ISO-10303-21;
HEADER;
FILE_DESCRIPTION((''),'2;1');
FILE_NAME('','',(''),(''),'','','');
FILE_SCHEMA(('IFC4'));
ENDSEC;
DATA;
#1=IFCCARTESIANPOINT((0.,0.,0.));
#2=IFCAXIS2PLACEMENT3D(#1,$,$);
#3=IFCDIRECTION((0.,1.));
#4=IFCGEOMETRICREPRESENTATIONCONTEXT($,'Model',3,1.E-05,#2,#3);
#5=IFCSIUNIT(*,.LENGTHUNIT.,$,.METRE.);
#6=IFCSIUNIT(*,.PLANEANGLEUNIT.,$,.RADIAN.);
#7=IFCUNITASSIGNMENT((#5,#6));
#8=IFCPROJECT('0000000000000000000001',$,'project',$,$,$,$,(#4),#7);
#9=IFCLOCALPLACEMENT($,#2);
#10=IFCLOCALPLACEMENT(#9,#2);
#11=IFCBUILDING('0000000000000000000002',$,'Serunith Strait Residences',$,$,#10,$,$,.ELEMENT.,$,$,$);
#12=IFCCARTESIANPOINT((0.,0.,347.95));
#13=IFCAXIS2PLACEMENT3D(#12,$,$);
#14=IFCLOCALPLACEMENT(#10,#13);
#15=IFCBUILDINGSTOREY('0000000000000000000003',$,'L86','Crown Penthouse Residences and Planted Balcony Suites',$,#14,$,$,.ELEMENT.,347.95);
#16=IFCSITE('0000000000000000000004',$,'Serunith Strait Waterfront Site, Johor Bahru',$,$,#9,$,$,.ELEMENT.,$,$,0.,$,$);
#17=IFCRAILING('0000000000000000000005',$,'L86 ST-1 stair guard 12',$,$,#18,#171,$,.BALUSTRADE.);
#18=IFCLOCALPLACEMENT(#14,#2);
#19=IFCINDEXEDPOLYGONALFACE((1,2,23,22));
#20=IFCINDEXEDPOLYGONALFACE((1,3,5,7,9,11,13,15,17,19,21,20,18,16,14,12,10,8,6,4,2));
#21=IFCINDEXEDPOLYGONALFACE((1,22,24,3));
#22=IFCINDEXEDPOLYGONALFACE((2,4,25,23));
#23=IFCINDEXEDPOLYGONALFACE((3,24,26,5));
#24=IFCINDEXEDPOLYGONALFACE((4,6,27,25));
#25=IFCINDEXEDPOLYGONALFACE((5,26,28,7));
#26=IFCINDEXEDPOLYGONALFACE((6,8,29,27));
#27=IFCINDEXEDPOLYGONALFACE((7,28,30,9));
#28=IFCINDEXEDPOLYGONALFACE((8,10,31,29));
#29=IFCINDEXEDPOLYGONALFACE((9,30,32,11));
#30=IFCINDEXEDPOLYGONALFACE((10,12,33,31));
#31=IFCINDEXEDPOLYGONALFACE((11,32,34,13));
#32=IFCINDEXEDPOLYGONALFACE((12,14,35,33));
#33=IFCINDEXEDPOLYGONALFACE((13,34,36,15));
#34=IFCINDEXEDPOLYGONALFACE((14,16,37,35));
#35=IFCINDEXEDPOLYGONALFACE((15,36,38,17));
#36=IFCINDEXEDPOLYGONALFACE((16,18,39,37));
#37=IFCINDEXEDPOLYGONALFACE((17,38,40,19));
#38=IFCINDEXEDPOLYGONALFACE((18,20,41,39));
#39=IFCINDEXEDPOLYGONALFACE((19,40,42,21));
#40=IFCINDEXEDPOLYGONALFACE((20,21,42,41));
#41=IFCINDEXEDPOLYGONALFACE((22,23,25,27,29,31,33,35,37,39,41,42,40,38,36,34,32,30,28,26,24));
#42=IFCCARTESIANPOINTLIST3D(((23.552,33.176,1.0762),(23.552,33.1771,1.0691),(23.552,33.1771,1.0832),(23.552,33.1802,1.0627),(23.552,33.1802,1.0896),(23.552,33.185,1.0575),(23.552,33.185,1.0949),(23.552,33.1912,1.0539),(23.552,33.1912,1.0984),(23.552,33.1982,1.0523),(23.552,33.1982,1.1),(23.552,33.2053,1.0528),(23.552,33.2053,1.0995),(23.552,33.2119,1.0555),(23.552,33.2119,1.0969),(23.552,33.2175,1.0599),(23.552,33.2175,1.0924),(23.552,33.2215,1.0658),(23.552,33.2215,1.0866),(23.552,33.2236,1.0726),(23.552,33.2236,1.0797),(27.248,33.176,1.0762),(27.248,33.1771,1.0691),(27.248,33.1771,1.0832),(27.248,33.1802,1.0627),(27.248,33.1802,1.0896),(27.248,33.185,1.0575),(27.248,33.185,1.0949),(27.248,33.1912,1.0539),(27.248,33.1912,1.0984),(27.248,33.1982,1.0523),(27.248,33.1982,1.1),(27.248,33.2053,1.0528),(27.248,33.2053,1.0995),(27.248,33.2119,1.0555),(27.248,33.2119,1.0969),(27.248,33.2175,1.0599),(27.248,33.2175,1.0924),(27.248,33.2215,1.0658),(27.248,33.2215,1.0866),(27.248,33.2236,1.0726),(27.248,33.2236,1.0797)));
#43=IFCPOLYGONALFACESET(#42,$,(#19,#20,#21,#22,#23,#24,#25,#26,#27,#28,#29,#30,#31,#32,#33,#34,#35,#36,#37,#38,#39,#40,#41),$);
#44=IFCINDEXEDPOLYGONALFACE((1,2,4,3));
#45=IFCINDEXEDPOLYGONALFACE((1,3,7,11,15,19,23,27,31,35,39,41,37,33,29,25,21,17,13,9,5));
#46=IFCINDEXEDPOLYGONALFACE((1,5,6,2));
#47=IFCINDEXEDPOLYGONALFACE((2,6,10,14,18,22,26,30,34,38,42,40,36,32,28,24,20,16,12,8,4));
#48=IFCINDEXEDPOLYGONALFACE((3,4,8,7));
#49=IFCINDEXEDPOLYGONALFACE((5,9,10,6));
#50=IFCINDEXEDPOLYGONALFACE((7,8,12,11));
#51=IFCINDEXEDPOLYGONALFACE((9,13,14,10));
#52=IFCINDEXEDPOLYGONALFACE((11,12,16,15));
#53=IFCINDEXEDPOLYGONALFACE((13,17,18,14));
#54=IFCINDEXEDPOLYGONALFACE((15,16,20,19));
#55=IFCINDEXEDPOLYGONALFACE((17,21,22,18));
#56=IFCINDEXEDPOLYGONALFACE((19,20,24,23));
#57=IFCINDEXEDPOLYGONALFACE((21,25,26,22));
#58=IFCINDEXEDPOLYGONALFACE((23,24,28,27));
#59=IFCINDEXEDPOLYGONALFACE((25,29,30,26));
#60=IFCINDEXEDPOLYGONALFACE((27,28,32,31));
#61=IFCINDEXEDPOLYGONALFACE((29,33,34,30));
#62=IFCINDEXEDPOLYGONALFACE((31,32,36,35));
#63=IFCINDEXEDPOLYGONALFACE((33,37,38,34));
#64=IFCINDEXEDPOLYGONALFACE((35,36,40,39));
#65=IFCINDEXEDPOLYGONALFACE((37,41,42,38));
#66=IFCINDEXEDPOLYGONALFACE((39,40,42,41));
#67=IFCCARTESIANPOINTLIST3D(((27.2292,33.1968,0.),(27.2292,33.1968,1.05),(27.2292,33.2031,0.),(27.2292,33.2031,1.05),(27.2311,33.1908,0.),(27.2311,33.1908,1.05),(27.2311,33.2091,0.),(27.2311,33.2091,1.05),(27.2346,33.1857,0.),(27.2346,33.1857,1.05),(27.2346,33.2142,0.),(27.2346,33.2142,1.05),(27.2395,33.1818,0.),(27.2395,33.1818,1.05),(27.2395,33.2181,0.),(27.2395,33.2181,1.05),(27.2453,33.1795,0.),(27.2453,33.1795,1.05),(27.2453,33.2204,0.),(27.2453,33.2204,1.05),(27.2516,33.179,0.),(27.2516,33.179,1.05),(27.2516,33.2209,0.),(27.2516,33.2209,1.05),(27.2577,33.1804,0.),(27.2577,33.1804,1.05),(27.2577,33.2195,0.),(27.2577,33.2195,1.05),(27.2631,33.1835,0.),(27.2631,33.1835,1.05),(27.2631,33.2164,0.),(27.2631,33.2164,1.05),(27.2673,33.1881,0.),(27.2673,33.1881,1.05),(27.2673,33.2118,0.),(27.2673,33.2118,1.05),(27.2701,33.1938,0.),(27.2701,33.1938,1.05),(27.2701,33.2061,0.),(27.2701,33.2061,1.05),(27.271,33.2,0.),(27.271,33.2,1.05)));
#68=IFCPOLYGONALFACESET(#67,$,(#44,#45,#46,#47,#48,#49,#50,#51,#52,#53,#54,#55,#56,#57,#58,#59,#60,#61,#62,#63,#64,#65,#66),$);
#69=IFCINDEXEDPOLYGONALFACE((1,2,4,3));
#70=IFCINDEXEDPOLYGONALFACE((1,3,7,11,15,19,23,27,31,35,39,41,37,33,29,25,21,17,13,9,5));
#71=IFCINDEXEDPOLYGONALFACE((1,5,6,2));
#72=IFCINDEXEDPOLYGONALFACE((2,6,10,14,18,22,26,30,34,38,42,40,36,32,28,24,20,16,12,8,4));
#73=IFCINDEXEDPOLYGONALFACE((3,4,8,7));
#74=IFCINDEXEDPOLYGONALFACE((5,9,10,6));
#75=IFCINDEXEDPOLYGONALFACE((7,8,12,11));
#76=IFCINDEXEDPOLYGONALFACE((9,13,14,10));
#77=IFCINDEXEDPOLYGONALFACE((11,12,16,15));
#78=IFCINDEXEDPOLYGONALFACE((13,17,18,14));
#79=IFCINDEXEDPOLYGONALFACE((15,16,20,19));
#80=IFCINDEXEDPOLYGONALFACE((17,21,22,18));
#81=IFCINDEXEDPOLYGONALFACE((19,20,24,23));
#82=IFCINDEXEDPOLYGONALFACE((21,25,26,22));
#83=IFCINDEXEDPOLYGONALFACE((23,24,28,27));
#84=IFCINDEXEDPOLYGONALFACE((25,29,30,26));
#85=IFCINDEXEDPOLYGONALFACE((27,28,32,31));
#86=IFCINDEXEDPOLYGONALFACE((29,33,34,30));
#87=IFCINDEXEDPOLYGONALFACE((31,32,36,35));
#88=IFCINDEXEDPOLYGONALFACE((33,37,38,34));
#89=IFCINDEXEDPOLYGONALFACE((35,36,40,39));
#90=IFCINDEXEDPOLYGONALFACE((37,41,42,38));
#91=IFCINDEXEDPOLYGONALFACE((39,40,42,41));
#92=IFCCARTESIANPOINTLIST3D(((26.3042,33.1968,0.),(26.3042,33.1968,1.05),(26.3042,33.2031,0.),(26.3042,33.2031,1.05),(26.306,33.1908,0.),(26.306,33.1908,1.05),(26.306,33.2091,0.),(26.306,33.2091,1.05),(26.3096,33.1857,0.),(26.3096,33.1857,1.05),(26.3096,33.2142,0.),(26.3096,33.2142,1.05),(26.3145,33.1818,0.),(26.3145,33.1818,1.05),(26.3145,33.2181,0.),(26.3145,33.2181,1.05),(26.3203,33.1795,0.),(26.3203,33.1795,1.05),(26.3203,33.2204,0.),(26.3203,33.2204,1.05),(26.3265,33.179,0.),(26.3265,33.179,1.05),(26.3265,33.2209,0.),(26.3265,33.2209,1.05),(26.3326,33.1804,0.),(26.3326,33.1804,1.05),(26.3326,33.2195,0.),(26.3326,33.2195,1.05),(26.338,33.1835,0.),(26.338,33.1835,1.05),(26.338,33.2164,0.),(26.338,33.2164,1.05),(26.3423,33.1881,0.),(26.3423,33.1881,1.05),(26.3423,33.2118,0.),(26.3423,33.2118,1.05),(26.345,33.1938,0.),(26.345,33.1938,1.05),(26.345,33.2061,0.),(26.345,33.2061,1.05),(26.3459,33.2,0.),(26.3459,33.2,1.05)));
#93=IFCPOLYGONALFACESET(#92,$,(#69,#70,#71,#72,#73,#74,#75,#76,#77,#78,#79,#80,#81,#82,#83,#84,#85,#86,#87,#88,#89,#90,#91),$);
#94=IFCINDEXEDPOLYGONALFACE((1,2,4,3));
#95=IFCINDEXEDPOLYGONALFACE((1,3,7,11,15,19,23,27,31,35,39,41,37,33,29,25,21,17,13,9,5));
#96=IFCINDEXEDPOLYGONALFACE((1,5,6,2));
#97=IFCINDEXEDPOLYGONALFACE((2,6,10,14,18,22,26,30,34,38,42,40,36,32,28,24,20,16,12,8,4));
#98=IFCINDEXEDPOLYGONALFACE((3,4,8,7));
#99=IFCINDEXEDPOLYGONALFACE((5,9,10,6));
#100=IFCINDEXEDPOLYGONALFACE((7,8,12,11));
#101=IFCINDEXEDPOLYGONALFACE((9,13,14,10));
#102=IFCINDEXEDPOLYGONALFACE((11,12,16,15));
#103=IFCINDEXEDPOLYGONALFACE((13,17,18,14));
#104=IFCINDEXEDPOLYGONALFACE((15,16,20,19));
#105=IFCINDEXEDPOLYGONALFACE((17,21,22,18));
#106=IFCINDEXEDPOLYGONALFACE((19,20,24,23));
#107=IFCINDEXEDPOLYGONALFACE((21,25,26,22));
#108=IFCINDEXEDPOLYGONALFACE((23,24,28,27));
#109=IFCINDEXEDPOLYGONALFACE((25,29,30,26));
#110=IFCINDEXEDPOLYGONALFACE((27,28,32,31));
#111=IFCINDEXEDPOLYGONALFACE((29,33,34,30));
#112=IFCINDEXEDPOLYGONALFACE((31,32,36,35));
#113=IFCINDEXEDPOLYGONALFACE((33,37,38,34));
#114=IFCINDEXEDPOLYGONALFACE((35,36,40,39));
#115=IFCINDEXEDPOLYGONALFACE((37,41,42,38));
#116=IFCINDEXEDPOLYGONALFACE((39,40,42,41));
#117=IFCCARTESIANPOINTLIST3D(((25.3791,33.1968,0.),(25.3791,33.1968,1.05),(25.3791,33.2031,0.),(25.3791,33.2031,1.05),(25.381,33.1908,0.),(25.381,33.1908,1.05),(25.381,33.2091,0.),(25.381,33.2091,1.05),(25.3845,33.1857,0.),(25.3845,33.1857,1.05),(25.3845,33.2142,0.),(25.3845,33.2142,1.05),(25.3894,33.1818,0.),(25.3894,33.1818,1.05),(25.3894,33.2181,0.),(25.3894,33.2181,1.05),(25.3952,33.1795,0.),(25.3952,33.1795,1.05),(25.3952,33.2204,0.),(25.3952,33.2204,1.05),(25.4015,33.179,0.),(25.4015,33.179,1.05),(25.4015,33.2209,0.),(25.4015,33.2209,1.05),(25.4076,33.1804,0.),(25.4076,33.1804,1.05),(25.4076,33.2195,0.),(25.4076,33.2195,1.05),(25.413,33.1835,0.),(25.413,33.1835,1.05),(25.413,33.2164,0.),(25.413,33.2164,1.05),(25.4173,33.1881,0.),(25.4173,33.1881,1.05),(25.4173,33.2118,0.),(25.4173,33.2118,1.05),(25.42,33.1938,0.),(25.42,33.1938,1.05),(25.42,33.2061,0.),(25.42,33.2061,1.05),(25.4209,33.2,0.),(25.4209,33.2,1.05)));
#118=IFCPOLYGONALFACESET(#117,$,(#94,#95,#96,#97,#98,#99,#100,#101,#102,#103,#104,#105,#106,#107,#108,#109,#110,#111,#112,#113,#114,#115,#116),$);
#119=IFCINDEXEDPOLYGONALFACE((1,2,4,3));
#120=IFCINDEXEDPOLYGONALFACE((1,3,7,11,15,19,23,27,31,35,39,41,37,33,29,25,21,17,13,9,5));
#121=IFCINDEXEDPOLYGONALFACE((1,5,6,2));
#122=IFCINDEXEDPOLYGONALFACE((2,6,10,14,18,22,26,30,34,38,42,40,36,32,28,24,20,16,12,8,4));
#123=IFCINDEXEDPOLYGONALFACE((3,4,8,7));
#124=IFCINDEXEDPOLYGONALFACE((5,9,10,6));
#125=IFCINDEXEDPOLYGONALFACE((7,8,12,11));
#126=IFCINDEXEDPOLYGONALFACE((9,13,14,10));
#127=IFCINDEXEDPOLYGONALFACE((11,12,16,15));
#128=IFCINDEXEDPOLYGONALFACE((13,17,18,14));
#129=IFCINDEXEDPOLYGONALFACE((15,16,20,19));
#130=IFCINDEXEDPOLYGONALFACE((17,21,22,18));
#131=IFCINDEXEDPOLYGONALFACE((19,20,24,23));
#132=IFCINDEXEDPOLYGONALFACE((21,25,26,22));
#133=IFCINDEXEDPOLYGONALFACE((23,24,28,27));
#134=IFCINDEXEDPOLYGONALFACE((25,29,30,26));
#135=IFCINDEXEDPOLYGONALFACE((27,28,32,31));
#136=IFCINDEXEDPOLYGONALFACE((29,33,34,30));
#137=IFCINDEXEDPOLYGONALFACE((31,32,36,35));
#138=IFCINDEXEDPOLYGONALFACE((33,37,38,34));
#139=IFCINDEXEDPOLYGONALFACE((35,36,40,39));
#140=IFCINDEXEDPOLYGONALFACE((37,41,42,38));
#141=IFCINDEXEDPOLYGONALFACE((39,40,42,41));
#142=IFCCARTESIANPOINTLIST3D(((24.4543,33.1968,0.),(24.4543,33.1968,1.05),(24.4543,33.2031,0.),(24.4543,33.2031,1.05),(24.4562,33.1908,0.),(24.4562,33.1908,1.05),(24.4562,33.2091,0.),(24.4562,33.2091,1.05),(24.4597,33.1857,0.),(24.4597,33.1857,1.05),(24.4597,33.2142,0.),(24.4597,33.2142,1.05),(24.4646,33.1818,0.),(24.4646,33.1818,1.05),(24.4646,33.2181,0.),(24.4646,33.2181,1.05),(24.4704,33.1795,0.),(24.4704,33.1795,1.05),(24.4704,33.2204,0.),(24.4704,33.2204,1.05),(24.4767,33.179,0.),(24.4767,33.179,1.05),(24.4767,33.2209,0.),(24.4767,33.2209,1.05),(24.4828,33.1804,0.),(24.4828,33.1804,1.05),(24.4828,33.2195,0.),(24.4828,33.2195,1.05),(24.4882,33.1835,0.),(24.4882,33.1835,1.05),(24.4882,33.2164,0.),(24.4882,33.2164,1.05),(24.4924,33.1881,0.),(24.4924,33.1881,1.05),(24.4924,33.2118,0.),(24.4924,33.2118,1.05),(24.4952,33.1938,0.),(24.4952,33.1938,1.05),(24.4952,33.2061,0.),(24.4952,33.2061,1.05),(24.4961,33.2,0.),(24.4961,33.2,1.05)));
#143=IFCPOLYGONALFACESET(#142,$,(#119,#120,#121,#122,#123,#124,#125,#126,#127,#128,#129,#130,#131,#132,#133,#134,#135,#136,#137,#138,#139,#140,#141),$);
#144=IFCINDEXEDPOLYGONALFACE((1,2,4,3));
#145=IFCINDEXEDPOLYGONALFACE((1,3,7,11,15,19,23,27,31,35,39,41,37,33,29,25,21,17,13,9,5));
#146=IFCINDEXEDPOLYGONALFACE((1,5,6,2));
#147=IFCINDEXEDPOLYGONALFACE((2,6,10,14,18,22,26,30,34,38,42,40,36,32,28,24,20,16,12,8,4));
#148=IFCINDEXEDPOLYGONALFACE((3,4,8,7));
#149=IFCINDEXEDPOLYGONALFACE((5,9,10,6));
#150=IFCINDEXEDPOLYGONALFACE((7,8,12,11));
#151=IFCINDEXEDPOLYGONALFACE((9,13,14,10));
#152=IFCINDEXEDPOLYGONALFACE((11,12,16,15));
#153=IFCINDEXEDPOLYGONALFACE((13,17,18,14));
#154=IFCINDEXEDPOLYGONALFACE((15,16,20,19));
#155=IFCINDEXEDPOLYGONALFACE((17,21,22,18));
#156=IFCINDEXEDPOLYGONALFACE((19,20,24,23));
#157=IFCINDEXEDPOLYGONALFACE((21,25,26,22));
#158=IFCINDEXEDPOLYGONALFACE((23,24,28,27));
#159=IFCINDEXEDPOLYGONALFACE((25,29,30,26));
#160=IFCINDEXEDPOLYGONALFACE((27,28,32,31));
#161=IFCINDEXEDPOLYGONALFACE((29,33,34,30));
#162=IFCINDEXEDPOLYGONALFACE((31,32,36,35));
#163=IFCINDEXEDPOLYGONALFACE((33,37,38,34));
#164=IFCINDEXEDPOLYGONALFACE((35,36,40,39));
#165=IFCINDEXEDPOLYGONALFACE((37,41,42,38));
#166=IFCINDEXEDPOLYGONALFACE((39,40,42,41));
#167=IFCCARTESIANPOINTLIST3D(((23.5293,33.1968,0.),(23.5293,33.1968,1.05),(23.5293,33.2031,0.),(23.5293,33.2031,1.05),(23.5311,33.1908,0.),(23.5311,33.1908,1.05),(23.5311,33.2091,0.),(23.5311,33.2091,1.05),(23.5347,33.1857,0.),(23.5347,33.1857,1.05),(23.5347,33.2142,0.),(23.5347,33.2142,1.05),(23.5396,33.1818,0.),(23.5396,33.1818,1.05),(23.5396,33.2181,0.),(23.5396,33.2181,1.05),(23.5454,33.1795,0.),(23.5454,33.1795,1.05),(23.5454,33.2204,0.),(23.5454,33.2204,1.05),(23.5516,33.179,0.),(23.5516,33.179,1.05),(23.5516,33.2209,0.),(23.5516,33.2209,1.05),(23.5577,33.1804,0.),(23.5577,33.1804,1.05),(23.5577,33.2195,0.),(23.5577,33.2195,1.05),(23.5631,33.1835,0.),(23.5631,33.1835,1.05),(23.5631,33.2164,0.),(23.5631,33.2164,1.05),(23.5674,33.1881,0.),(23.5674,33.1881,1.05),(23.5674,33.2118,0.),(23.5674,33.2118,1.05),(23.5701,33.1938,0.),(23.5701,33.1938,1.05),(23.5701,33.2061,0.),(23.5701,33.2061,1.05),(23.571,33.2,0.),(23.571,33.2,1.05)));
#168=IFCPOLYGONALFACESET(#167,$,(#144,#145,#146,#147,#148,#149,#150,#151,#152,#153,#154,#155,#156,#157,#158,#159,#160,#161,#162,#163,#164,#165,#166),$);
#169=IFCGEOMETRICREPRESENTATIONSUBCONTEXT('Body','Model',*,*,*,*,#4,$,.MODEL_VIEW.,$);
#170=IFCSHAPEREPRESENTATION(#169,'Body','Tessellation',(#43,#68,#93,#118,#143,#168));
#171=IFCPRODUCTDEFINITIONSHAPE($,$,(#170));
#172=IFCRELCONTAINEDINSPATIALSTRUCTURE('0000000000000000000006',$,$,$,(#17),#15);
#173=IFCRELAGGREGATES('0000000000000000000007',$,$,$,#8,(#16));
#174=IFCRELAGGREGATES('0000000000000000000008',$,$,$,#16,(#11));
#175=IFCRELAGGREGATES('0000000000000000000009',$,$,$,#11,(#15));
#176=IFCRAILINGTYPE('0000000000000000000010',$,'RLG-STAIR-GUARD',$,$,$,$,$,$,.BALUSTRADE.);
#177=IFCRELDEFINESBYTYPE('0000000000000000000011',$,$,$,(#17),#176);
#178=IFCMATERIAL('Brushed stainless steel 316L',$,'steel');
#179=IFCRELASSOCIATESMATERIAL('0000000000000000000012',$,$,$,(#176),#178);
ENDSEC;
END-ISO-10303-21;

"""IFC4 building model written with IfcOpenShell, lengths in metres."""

from ifc_helpers import new_model, si_unit, direction, frame, origin, origin_2d, place, context, subcontext, project, spatial, circle, extrude, material, type_object, element, save


model = new_model("IFC4")

# Units and contexts
model_context = context("Model", 3, precision=1e-05, world=origin(), true_north=direction((0.0, 1.0)))
body_context = subcontext(model_context, "Body", "Model", "MODEL_VIEW")
ifc_project = project(units=[si_unit("LENGTHUNIT", "METRE"), si_unit("PLANEANGLEUNIT", "RADIAN")], contexts=[model_context])

# Site, building, storey
site_placement = place(None, origin())
site = spatial("IfcSite", under=ifc_project, at=site_placement, Name="Serunith Strait Waterfront Site, Johor Bahru", CompositionType="ELEMENT", RefElevation=0.0)
building_placement = place(site_placement, origin())
building = spatial("IfcBuilding", under=site, at=building_placement, Name="Serunith Strait Residences", CompositionType="ELEMENT")
storey_placement = place(building_placement, frame((0.0, 0.0, 347.95)))
storey = spatial("IfcBuildingStorey", under=building, at=storey_placement, Name="L86", Description="Crown Penthouse Residences and Planted Balcony Suites", CompositionType="ELEMENT", Elevation=347.95)

# Railing
ifc_material_1 = material(Name="Brushed stainless steel 316L", Category="steel")
railing_type_1 = type_object("IfcRailingType", Name="RLG-STAIR-GUARD", PredefinedType="BALUSTRADE", material=ifc_material_1)
railing_1_placement = place(storey_placement, frame((27.25, 33.2, 0.0)))
element("IfcRailing", 1, at=railing_1_placement, inside=storey, type_object=railing_type_1, Name="L86 ST-1 stair guard 12", PredefinedType="BALUSTRADE", context=body_context, shape_type="SweptSolid", body=[
    extrude(circle(Radius=0.0239, at=origin_2d()), frame((-0.002, 0.0, 1.0762), z_axis=(-1.0, 0.0, 0.0), x_axis=(0.0, -1.0, 0.0)), (0.0, 0.0, 1.0), 3.696),
    extrude(circle(Radius=0.021, at=origin_2d()), origin(), (0.0, 0.0, 1.0), 1.05),
    extrude(circle(Radius=0.021, at=origin_2d()), frame((-0.925, 0.0, 0.0)), (0.0, 0.0, 1.0), 1.05),
    extrude(circle(Radius=0.021, at=origin_2d()), frame((-1.8501, 0.0, 0.0)), (0.0, 0.0, 1.0), 1.05),
    extrude(circle(Radius=0.021, at=origin_2d()), frame((-2.7749, 0.0, 0.0)), (0.0, 0.0, 1.0), 1.05),
    extrude(circle(Radius=0.021, at=origin_2d()), frame((-3.7, 0.0, 0.0)), (0.0, 0.0, 1.0), 1.05),
])

save(model, "model.ifc")
